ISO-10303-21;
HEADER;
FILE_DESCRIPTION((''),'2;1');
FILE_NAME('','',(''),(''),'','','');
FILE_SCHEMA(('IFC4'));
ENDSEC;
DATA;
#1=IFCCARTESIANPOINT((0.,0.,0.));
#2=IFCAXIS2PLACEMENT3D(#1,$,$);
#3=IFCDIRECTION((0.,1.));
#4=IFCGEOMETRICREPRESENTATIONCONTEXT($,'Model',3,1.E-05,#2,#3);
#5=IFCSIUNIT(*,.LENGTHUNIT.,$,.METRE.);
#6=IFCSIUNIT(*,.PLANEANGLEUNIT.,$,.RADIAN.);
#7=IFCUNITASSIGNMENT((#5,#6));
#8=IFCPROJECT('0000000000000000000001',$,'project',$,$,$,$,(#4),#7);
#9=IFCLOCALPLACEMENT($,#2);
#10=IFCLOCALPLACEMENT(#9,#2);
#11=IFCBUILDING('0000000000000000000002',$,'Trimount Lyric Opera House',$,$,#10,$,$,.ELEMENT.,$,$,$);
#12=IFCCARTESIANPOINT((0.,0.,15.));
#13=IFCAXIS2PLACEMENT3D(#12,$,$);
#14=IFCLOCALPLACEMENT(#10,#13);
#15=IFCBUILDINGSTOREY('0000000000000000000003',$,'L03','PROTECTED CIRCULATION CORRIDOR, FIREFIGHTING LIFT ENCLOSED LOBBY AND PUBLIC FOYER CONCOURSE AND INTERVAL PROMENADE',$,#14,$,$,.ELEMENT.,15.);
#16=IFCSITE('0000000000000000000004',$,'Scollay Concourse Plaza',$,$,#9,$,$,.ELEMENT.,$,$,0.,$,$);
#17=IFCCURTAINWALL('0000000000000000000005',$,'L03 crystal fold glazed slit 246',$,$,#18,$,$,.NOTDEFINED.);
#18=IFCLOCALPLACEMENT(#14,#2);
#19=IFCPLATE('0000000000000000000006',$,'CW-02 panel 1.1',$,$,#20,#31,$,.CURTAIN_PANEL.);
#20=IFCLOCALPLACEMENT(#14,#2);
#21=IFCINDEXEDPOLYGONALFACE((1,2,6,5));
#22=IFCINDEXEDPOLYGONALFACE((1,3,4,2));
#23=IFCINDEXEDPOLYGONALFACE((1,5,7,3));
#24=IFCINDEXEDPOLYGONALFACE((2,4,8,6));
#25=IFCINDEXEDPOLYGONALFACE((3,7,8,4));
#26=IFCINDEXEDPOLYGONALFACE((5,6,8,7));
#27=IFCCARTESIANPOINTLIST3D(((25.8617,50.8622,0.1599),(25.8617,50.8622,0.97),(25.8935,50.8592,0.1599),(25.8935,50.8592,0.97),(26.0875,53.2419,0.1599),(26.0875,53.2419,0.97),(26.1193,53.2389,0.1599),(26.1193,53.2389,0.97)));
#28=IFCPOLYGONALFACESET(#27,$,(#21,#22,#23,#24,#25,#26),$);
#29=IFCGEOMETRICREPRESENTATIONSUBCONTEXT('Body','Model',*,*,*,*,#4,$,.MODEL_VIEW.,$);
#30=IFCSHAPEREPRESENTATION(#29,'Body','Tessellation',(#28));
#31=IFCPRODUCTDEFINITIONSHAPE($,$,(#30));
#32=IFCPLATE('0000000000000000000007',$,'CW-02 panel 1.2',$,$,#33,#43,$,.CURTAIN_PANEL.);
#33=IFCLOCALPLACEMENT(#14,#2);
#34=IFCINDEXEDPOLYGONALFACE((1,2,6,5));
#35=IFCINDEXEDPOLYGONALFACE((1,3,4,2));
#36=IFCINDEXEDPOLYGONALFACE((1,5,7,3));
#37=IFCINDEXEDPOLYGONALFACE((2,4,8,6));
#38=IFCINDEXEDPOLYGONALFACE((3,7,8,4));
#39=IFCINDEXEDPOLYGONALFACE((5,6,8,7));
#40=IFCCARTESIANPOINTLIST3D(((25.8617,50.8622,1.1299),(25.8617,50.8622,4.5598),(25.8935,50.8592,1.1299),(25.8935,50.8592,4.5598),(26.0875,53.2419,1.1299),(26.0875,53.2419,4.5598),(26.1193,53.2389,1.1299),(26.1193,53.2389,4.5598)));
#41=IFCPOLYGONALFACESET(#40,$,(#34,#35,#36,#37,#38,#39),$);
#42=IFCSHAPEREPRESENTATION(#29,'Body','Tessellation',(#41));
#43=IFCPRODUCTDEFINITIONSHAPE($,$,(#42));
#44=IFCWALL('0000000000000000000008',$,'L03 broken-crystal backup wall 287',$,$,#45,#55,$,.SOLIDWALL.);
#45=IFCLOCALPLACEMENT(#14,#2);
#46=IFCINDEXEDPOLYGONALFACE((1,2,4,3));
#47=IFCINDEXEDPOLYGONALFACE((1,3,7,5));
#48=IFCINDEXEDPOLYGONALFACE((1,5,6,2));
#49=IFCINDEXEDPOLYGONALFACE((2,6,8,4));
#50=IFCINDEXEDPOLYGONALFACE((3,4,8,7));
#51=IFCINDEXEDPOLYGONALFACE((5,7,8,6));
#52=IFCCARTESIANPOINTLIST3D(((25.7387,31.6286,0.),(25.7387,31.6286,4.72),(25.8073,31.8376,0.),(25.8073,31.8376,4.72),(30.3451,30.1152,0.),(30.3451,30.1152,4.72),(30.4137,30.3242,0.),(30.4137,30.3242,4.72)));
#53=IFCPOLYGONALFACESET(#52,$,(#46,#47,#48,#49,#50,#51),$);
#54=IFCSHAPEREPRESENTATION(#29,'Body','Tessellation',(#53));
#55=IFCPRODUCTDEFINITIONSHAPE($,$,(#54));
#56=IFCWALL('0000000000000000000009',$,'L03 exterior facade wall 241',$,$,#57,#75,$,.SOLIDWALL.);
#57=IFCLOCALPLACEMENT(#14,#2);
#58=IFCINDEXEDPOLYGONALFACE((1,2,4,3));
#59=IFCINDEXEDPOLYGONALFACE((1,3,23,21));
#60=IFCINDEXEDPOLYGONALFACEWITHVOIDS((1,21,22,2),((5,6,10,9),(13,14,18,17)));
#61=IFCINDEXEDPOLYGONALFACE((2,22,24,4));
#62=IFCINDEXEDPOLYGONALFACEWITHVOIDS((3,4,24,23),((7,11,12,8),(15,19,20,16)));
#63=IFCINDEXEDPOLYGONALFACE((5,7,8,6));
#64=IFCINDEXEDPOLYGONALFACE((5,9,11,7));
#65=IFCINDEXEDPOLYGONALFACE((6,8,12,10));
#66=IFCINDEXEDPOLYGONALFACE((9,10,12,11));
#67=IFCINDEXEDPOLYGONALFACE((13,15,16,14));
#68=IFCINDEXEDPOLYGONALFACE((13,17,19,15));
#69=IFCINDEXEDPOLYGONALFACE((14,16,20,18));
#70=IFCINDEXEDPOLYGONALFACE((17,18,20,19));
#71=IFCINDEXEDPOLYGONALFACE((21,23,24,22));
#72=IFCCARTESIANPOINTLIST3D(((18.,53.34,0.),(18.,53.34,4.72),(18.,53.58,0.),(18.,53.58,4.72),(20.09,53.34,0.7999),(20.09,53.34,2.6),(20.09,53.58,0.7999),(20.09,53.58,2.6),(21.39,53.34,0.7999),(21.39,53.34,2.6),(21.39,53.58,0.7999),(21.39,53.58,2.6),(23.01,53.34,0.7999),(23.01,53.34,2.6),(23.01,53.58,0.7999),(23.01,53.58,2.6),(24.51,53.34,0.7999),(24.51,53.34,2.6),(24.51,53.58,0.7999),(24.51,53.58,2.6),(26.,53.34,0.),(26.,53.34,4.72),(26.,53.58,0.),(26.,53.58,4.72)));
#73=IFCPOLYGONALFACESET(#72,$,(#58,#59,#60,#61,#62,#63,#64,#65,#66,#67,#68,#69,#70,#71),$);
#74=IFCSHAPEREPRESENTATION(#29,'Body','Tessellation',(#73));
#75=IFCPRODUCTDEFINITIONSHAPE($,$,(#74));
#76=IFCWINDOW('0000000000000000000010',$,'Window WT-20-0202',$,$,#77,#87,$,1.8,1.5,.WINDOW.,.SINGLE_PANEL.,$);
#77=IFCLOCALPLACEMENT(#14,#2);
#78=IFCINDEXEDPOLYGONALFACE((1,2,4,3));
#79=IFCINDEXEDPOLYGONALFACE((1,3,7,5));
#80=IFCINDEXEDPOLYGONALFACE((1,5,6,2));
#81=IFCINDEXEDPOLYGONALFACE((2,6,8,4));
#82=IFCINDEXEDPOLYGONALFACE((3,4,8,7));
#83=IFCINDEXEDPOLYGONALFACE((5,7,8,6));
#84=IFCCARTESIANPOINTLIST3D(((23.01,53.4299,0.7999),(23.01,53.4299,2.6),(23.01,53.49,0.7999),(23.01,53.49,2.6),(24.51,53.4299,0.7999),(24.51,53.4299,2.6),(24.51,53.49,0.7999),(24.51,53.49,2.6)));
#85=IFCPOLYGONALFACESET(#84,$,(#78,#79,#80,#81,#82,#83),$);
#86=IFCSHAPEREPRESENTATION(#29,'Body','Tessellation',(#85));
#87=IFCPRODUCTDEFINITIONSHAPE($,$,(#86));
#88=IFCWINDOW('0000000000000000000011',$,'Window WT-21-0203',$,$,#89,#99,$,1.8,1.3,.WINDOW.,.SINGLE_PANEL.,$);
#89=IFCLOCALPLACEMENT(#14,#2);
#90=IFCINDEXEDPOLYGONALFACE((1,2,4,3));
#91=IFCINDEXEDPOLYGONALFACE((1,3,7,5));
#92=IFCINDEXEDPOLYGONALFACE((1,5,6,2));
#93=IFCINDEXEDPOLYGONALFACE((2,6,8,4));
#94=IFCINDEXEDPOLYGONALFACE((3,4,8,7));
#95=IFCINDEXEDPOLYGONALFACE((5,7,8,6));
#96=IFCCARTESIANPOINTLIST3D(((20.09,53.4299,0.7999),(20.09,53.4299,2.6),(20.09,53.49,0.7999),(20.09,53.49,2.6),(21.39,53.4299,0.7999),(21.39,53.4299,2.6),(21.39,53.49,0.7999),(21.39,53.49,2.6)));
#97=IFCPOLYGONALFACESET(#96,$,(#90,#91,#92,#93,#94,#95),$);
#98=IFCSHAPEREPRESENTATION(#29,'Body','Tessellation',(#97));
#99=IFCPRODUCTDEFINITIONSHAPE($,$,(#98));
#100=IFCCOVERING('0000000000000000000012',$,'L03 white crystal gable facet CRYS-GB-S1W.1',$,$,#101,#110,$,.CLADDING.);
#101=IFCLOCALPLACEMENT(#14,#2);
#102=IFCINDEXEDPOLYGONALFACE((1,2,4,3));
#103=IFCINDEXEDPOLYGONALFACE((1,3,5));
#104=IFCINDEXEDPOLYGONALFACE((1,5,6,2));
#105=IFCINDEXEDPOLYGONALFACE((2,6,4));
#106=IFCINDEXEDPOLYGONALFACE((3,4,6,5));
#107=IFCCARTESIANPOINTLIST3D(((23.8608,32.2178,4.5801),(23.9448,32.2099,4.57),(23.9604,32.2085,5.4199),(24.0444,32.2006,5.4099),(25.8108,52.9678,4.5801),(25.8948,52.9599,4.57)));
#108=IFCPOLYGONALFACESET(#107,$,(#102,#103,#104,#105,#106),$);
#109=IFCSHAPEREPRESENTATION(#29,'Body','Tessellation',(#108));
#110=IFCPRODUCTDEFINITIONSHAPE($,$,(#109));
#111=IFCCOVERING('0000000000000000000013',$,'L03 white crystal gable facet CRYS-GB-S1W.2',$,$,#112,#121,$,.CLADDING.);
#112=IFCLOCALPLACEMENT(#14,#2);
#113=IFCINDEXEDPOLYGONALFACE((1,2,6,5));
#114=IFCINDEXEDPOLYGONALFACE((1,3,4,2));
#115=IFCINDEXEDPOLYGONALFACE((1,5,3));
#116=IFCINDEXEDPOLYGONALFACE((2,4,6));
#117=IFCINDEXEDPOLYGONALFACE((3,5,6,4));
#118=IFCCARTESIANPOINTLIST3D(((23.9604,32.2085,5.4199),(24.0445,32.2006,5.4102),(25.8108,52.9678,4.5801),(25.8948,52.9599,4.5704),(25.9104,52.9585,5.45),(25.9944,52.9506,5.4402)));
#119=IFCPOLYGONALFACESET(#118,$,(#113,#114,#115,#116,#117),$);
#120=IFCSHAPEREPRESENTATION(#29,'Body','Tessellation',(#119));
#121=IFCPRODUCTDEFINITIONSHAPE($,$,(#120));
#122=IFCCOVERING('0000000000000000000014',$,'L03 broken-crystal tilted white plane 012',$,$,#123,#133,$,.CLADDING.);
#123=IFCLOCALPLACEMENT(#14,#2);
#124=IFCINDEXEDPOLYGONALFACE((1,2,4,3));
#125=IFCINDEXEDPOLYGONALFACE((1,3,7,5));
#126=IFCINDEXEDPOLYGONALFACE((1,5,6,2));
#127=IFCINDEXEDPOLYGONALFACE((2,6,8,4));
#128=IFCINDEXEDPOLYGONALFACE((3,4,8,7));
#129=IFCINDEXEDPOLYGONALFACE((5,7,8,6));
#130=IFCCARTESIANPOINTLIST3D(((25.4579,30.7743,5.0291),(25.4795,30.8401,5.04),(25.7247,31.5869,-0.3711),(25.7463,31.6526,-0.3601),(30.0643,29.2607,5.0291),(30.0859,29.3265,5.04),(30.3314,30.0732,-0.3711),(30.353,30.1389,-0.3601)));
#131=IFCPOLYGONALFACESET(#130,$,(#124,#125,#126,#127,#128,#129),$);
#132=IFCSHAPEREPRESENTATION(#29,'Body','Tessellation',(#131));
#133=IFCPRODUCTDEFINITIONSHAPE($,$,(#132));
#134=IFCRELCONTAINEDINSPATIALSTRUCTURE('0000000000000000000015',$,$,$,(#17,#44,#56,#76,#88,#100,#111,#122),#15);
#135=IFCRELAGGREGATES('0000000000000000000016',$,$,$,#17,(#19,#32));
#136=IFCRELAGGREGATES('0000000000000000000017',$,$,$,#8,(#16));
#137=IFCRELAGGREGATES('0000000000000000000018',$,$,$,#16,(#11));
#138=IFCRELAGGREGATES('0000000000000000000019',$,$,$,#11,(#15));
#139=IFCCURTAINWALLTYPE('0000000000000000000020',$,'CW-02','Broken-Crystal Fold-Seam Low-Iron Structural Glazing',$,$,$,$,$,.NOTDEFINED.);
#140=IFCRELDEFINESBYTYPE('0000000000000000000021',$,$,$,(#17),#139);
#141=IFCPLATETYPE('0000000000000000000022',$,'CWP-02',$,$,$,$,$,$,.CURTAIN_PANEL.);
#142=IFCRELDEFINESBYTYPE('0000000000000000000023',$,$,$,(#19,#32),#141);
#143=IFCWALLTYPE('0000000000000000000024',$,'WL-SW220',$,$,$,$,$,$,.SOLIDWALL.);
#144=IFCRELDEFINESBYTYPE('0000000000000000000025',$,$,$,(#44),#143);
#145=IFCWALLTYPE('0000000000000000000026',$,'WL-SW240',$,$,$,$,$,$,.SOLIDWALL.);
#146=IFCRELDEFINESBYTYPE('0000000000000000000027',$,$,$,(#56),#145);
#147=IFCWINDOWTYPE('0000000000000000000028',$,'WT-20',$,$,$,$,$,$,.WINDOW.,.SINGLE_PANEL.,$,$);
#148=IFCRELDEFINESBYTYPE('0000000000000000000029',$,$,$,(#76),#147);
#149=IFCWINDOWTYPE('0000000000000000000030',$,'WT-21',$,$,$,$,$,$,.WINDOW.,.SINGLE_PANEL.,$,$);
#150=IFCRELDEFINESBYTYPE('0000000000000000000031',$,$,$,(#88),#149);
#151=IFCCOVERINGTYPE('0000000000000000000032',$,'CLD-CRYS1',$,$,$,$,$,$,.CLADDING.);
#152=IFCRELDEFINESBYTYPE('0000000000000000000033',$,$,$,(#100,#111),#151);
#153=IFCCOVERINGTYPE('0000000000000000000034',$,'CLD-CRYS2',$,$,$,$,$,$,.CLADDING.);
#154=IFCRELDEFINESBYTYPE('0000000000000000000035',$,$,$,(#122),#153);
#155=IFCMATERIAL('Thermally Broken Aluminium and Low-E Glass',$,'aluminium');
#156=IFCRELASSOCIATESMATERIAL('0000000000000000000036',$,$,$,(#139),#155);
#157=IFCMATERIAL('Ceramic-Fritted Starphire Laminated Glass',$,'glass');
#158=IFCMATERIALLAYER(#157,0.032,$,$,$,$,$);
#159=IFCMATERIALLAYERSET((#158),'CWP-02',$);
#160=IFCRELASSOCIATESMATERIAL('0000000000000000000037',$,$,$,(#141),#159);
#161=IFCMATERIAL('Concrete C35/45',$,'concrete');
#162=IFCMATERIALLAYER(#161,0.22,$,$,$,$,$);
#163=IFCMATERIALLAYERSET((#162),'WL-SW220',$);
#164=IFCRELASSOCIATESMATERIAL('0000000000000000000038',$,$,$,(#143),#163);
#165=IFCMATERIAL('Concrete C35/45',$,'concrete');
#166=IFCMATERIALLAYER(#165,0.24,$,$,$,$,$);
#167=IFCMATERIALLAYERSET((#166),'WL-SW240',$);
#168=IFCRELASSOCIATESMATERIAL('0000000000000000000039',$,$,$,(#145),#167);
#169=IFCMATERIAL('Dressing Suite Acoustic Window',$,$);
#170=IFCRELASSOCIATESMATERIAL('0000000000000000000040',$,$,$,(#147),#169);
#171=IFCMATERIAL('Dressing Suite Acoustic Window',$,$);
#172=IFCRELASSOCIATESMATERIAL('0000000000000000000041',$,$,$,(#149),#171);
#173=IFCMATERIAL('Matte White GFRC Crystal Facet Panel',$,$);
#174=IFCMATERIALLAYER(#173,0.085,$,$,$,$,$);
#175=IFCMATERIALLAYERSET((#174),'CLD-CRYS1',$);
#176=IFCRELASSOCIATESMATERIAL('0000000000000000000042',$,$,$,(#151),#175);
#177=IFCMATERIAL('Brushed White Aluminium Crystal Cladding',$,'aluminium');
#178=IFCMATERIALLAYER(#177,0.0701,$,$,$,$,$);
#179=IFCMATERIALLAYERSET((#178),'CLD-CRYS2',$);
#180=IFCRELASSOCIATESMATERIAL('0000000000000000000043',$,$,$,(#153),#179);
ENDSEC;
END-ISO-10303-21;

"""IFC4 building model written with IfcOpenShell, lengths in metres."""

from ifc_helpers import new_model, si_unit, direction, frame, frame_2d, origin, origin_2d, place, context, subcontext, project, spatial, polyline, rectangle, outline, extrude, material, layer, layer_set, type_object, element, fill, aggregate, save


model = new_model("IFC4")

# Units and contexts
model_context = context("Model", 3, precision=1e-05, world=origin(), true_north=direction((0.0, 1.0)))
body_context = subcontext(model_context, "Body", "Model", "MODEL_VIEW")
ifc_project = project(units=[si_unit("LENGTHUNIT", "METRE"), si_unit("PLANEANGLEUNIT", "RADIAN")], contexts=[model_context])

# Site, building, storey
site_placement = place(None, origin())
site = spatial("IfcSite", under=ifc_project, at=site_placement, Name="Scollay Concourse Plaza", CompositionType="ELEMENT", RefElevation=0.0)
building_placement = place(site_placement, origin())
building = spatial("IfcBuilding", under=site, at=building_placement, Name="Trimount Lyric Opera House", CompositionType="ELEMENT")
storey_placement = place(building_placement, frame((0.0, 0.0, 15.0)))
storey = spatial("IfcBuildingStorey", under=building, at=storey_placement, Name="L03", Description="PROTECTED CIRCULATION CORRIDOR, FIREFIGHTING LIFT ENCLOSED LOBBY AND PUBLIC FOYER CONCOURSE AND INTERVAL PROMENADE", CompositionType="ELEMENT", Elevation=15.0)

# Curtain wall
ifc_material_1 = material(Name="Thermally Broken Aluminium and Low-E Glass", Category="aluminium")
curtain_wall_type = type_object("IfcCurtainWallType", Name="CW-02", Description="Broken-Crystal Fold-Seam Low-Iron Structural Glazing", PredefinedType="NOTDEFINED", material=ifc_material_1)
curtain_wall_1_placement = place(storey_placement, origin())
curtain_wall_1 = element("IfcCurtainWall", 1, at=curtain_wall_1_placement, inside=storey, type_object=curtain_wall_type, Name="L03 crystal fold glazed slit 246", PredefinedType="NOTDEFINED")

# Plates
ifc_material_2 = material(Name="Ceramic-Fritted Starphire Laminated Glass", Category="glass")
ifc_layer_1 = layer(ifc_material_2, 0.032)
ifc_layer_set_1 = layer_set([ifc_layer_1], Name="CWP-02")
plate_type = type_object("IfcPlateType", Name="CWP-02", PredefinedType="CURTAIN_PANEL", material=ifc_layer_set_1)
plate_1_placement = place(storey_placement, frame((25.9905, 52.0505, 0.1599), z_axis=(0.0, 0.0, 1.0), x_axis=(0.094455, 0.995529, 0.0)))
plate_1 = element("IfcPlate", 2, at=plate_1_placement, type_object=plate_type, Name="CW-02 panel 1.1", PredefinedType="CURTAIN_PANEL", context=body_context, shape_type="SweptSolid", body=[
    extrude(rectangle(XDim=2.3904, YDim=0.032, at=origin_2d()), origin(), (0.0, 0.0, 1.0), 0.8101),
])
plate_2_placement = place(storey_placement, frame((25.9905, 52.0505, 1.1299), z_axis=(0.0, 0.0, 1.0), x_axis=(0.094455, 0.995529, 0.0)))
plate_2 = element("IfcPlate", 3, at=plate_2_placement, type_object=plate_type, Name="CW-02 panel 1.2", PredefinedType="CURTAIN_PANEL", context=body_context, shape_type="SweptSolid", body=[
    extrude(rectangle(XDim=2.3904, YDim=0.032, at=origin_2d()), origin(), (0.0, 0.0, 1.0), 3.4299),
])
aggregate(curtain_wall_1, [plate_1, plate_2])

# Wall
ifc_material_3 = material(Name="Concrete C35/45", Category="concrete")
ifc_layer_2 = layer(ifc_material_3, 0.22)
ifc_layer_set_2 = layer_set([ifc_layer_2], Name="WL-SW220")
wall_type_1 = type_object("IfcWallType", Name="WL-SW220", PredefinedType="SOLIDWALL", material=ifc_layer_set_2)
wall_1_placement = place(storey_placement, frame((30.3794, 30.2197, 0.0), z_axis=(0.0, 0.0, 1.0), x_axis=(-0.950039, 0.312131, 0.0)))
element("IfcWall", 4, at=wall_1_placement, inside=storey, type_object=wall_type_1, Name="L03 broken-crystal backup wall 287", PredefinedType="SOLIDWALL", context=body_context, shape_type="SweptSolid", body=[
    extrude(rectangle(XDim=4.8486, YDim=0.22, at=frame_2d((2.4243, 0.0))), origin(), (0.0, 0.0, 1.0), 4.72),
])

# Wall, openings, windows
ifc_material_4 = material(Name="Concrete C35/45", Category="concrete")
ifc_layer_3 = layer(ifc_material_4, 0.24)
ifc_layer_set_3 = layer_set([ifc_layer_3], Name="WL-SW240")
wall_type_2 = type_object("IfcWallType", Name="WL-SW240", PredefinedType="SOLIDWALL", material=ifc_layer_set_3)
wall_2_placement = place(storey_placement, frame((26.0, 53.46, 0.0), z_axis=(0.0, 0.0, 1.0), x_axis=(-1.0, 0.0, 0.0)))
wall_2 = element("IfcWall", 5, at=wall_2_placement, inside=storey, type_object=wall_type_2, Name="L03 exterior facade wall 241", PredefinedType="SOLIDWALL", context=body_context, shape_type="SweptSolid", body=[
    extrude(rectangle(XDim=8.0, YDim=0.24, at=frame_2d((4.0, 0.0))), origin(), (0.0, 0.0, 1.0), 4.72),
])
opening_1_placement = place(wall_2_placement, frame((1.49, 0.0, 0.8)))
opening_1 = element("IfcOpeningElement", 6, at=opening_1_placement, cuts=wall_2, PredefinedType="OPENING", context=body_context, shape_type="SweptSolid", body=[
    extrude(rectangle(XDim=1.5, YDim=1.8, at=frame_2d((0.75, 0.8999))), frame((0.0, 0.1299, 0.0), z_axis=(0.0, -1.0, 0.0), x_axis=(1.0, 0.0, 0.0)), (0.0, 0.0, 1.0), 0.26),
])
opening_2_placement = place(wall_2_placement, frame((4.6101, 0.0, 0.8)))
opening_2 = element("IfcOpeningElement", 7, at=opening_2_placement, cuts=wall_2, PredefinedType="OPENING", context=body_context, shape_type="SweptSolid", body=[
    extrude(rectangle(XDim=1.3, YDim=1.8, at=frame_2d((0.6499, 0.8999))), frame((0.0, 0.1299, 0.0), z_axis=(0.0, -1.0, 0.0), x_axis=(1.0, 0.0, 0.0)), (0.0, 0.0, 1.0), 0.26),
])
ifc_material_5 = material(Name="Dressing Suite Acoustic Window")
window_type_1 = type_object("IfcWindowType", Name="WT-20", PartitioningType="SINGLE_PANEL", PredefinedType="WINDOW", material=ifc_material_5)
window_1_placement = place(opening_1_placement, origin())
window_1 = element("IfcWindow", 8, at=window_1_placement, inside=storey, type_object=window_type_1, Name="Window WT-20-0202", OverallHeight=1.8, OverallWidth=1.5, PartitioningType="SINGLE_PANEL", PredefinedType="WINDOW", context=body_context, shape_type="SweptSolid", body=[
    extrude(rectangle(XDim=1.5, YDim=1.8, at=frame_2d((0.75, 0.8999))), frame((0.0, 0.03, 0.0), z_axis=(0.0, -1.0, 0.0), x_axis=(1.0, 0.0, 0.0)), (0.0, 0.0, 1.0), 0.0601),
])
fill(opening_1, window_1)
ifc_material_6 = material(Name="Dressing Suite Acoustic Window")
window_type_2 = type_object("IfcWindowType", Name="WT-21", PartitioningType="SINGLE_PANEL", PredefinedType="WINDOW", material=ifc_material_6)
window_2_placement = place(opening_2_placement, origin())
window_2 = element("IfcWindow", 9, at=window_2_placement, inside=storey, type_object=window_type_2, Name="Window WT-21-0203", OverallHeight=1.8, OverallWidth=1.3, PartitioningType="SINGLE_PANEL", PredefinedType="WINDOW", context=body_context, shape_type="SweptSolid", body=[
    extrude(rectangle(XDim=1.3, YDim=1.8, at=frame_2d((0.6499, 0.8999))), frame((0.0, 0.03, 0.0), z_axis=(0.0, -1.0, 0.0), x_axis=(1.0, 0.0, 0.0)), (0.0, 0.0, 1.0), 0.0601),
])
fill(opening_2, window_2)

# Coverings
ifc_material_7 = material(Name="Matte White GFRC Crystal Facet Panel")
ifc_layer_4 = layer(ifc_material_7, 0.085)
ifc_layer_set_4 = layer_set([ifc_layer_4], Name="CLD-CRYS1")
covering_type_1 = type_object("IfcCoveringType", Name="CLD-CRYS1", PredefinedType="CLADDING", material=ifc_layer_set_4)
covering_1_placement = place(storey_placement, frame((25.8108, 52.9678, 4.5801), z_axis=(-0.988624, 0.092905, 0.118282), x_axis=(-0.093561, -0.995614, 0.0)))
element("IfcCovering", 10, at=covering_1_placement, inside=storey, type_object=covering_type_1, Name="L03 white crystal gable facet CRYS-GB-S1W.1", PredefinedType="CLADDING", context=body_context, shape_type="SweptSolid", body=[
    extrude(outline(polyline([(0.0, 0.0), (20.8414, 0.0), (20.8413, 0.8458), (0.0, 0.0)])), origin(), (0.0, 0.0, -1.0), 0.085),
])
covering_2_placement = place(storey_placement, frame((25.8108, 52.9678, 4.5801), z_axis=(-0.989109, 0.092785, 0.114253), x_axis=(-0.088709, -0.995243, 0.040264)))
element("IfcCovering", 11, at=covering_2_placement, inside=storey, type_object=covering_type_1, Name="L03 white crystal gable facet CRYS-GB-S1W.2", PredefinedType="CLADDING", context=body_context, shape_type="SweptSolid", body=[
    extrude(outline(polyline([(0.0, 0.0), (20.8585, 0.0), (0.0354, 0.8749), (0.0, 0.0)])), origin(), (0.0, 0.0, -1.0), 0.085),
])
ifc_material_8 = material(Name="Brushed White Aluminium Crystal Cladding", Category="aluminium")
ifc_layer_5 = layer(ifc_material_8, 0.0701)
ifc_layer_set_5 = layer_set([ifc_layer_5], Name="CLD-CRYS2")
covering_type_2 = type_object("IfcCoveringType", Name="CLD-CRYS2", PredefinedType="CLADDING", material=ifc_layer_set_5)
covering_3_placement = place(storey_placement, frame((30.353, 30.1389, -0.3601), z_axis=(0.308326, 0.938332, 0.156423), x_axis=(-0.950027, 0.312169, 0.000001)))
element("IfcCovering", 12, at=covering_3_placement, inside=storey, type_object=covering_type_2, Name="L03 broken-crystal tilted white plane 012", PredefinedType="CLADDING", context=body_context, shape_type="SweptSolid", body=[
    extrude(outline(polyline([(0.0, 0.0), (4.849, 0.0), (4.8489, 5.4674), (0.0001, 5.4675), (0.0, 0.0)])), origin(), (0.0, 0.0, -1.0), 0.0701),
])

save(model, "model.ifc")
